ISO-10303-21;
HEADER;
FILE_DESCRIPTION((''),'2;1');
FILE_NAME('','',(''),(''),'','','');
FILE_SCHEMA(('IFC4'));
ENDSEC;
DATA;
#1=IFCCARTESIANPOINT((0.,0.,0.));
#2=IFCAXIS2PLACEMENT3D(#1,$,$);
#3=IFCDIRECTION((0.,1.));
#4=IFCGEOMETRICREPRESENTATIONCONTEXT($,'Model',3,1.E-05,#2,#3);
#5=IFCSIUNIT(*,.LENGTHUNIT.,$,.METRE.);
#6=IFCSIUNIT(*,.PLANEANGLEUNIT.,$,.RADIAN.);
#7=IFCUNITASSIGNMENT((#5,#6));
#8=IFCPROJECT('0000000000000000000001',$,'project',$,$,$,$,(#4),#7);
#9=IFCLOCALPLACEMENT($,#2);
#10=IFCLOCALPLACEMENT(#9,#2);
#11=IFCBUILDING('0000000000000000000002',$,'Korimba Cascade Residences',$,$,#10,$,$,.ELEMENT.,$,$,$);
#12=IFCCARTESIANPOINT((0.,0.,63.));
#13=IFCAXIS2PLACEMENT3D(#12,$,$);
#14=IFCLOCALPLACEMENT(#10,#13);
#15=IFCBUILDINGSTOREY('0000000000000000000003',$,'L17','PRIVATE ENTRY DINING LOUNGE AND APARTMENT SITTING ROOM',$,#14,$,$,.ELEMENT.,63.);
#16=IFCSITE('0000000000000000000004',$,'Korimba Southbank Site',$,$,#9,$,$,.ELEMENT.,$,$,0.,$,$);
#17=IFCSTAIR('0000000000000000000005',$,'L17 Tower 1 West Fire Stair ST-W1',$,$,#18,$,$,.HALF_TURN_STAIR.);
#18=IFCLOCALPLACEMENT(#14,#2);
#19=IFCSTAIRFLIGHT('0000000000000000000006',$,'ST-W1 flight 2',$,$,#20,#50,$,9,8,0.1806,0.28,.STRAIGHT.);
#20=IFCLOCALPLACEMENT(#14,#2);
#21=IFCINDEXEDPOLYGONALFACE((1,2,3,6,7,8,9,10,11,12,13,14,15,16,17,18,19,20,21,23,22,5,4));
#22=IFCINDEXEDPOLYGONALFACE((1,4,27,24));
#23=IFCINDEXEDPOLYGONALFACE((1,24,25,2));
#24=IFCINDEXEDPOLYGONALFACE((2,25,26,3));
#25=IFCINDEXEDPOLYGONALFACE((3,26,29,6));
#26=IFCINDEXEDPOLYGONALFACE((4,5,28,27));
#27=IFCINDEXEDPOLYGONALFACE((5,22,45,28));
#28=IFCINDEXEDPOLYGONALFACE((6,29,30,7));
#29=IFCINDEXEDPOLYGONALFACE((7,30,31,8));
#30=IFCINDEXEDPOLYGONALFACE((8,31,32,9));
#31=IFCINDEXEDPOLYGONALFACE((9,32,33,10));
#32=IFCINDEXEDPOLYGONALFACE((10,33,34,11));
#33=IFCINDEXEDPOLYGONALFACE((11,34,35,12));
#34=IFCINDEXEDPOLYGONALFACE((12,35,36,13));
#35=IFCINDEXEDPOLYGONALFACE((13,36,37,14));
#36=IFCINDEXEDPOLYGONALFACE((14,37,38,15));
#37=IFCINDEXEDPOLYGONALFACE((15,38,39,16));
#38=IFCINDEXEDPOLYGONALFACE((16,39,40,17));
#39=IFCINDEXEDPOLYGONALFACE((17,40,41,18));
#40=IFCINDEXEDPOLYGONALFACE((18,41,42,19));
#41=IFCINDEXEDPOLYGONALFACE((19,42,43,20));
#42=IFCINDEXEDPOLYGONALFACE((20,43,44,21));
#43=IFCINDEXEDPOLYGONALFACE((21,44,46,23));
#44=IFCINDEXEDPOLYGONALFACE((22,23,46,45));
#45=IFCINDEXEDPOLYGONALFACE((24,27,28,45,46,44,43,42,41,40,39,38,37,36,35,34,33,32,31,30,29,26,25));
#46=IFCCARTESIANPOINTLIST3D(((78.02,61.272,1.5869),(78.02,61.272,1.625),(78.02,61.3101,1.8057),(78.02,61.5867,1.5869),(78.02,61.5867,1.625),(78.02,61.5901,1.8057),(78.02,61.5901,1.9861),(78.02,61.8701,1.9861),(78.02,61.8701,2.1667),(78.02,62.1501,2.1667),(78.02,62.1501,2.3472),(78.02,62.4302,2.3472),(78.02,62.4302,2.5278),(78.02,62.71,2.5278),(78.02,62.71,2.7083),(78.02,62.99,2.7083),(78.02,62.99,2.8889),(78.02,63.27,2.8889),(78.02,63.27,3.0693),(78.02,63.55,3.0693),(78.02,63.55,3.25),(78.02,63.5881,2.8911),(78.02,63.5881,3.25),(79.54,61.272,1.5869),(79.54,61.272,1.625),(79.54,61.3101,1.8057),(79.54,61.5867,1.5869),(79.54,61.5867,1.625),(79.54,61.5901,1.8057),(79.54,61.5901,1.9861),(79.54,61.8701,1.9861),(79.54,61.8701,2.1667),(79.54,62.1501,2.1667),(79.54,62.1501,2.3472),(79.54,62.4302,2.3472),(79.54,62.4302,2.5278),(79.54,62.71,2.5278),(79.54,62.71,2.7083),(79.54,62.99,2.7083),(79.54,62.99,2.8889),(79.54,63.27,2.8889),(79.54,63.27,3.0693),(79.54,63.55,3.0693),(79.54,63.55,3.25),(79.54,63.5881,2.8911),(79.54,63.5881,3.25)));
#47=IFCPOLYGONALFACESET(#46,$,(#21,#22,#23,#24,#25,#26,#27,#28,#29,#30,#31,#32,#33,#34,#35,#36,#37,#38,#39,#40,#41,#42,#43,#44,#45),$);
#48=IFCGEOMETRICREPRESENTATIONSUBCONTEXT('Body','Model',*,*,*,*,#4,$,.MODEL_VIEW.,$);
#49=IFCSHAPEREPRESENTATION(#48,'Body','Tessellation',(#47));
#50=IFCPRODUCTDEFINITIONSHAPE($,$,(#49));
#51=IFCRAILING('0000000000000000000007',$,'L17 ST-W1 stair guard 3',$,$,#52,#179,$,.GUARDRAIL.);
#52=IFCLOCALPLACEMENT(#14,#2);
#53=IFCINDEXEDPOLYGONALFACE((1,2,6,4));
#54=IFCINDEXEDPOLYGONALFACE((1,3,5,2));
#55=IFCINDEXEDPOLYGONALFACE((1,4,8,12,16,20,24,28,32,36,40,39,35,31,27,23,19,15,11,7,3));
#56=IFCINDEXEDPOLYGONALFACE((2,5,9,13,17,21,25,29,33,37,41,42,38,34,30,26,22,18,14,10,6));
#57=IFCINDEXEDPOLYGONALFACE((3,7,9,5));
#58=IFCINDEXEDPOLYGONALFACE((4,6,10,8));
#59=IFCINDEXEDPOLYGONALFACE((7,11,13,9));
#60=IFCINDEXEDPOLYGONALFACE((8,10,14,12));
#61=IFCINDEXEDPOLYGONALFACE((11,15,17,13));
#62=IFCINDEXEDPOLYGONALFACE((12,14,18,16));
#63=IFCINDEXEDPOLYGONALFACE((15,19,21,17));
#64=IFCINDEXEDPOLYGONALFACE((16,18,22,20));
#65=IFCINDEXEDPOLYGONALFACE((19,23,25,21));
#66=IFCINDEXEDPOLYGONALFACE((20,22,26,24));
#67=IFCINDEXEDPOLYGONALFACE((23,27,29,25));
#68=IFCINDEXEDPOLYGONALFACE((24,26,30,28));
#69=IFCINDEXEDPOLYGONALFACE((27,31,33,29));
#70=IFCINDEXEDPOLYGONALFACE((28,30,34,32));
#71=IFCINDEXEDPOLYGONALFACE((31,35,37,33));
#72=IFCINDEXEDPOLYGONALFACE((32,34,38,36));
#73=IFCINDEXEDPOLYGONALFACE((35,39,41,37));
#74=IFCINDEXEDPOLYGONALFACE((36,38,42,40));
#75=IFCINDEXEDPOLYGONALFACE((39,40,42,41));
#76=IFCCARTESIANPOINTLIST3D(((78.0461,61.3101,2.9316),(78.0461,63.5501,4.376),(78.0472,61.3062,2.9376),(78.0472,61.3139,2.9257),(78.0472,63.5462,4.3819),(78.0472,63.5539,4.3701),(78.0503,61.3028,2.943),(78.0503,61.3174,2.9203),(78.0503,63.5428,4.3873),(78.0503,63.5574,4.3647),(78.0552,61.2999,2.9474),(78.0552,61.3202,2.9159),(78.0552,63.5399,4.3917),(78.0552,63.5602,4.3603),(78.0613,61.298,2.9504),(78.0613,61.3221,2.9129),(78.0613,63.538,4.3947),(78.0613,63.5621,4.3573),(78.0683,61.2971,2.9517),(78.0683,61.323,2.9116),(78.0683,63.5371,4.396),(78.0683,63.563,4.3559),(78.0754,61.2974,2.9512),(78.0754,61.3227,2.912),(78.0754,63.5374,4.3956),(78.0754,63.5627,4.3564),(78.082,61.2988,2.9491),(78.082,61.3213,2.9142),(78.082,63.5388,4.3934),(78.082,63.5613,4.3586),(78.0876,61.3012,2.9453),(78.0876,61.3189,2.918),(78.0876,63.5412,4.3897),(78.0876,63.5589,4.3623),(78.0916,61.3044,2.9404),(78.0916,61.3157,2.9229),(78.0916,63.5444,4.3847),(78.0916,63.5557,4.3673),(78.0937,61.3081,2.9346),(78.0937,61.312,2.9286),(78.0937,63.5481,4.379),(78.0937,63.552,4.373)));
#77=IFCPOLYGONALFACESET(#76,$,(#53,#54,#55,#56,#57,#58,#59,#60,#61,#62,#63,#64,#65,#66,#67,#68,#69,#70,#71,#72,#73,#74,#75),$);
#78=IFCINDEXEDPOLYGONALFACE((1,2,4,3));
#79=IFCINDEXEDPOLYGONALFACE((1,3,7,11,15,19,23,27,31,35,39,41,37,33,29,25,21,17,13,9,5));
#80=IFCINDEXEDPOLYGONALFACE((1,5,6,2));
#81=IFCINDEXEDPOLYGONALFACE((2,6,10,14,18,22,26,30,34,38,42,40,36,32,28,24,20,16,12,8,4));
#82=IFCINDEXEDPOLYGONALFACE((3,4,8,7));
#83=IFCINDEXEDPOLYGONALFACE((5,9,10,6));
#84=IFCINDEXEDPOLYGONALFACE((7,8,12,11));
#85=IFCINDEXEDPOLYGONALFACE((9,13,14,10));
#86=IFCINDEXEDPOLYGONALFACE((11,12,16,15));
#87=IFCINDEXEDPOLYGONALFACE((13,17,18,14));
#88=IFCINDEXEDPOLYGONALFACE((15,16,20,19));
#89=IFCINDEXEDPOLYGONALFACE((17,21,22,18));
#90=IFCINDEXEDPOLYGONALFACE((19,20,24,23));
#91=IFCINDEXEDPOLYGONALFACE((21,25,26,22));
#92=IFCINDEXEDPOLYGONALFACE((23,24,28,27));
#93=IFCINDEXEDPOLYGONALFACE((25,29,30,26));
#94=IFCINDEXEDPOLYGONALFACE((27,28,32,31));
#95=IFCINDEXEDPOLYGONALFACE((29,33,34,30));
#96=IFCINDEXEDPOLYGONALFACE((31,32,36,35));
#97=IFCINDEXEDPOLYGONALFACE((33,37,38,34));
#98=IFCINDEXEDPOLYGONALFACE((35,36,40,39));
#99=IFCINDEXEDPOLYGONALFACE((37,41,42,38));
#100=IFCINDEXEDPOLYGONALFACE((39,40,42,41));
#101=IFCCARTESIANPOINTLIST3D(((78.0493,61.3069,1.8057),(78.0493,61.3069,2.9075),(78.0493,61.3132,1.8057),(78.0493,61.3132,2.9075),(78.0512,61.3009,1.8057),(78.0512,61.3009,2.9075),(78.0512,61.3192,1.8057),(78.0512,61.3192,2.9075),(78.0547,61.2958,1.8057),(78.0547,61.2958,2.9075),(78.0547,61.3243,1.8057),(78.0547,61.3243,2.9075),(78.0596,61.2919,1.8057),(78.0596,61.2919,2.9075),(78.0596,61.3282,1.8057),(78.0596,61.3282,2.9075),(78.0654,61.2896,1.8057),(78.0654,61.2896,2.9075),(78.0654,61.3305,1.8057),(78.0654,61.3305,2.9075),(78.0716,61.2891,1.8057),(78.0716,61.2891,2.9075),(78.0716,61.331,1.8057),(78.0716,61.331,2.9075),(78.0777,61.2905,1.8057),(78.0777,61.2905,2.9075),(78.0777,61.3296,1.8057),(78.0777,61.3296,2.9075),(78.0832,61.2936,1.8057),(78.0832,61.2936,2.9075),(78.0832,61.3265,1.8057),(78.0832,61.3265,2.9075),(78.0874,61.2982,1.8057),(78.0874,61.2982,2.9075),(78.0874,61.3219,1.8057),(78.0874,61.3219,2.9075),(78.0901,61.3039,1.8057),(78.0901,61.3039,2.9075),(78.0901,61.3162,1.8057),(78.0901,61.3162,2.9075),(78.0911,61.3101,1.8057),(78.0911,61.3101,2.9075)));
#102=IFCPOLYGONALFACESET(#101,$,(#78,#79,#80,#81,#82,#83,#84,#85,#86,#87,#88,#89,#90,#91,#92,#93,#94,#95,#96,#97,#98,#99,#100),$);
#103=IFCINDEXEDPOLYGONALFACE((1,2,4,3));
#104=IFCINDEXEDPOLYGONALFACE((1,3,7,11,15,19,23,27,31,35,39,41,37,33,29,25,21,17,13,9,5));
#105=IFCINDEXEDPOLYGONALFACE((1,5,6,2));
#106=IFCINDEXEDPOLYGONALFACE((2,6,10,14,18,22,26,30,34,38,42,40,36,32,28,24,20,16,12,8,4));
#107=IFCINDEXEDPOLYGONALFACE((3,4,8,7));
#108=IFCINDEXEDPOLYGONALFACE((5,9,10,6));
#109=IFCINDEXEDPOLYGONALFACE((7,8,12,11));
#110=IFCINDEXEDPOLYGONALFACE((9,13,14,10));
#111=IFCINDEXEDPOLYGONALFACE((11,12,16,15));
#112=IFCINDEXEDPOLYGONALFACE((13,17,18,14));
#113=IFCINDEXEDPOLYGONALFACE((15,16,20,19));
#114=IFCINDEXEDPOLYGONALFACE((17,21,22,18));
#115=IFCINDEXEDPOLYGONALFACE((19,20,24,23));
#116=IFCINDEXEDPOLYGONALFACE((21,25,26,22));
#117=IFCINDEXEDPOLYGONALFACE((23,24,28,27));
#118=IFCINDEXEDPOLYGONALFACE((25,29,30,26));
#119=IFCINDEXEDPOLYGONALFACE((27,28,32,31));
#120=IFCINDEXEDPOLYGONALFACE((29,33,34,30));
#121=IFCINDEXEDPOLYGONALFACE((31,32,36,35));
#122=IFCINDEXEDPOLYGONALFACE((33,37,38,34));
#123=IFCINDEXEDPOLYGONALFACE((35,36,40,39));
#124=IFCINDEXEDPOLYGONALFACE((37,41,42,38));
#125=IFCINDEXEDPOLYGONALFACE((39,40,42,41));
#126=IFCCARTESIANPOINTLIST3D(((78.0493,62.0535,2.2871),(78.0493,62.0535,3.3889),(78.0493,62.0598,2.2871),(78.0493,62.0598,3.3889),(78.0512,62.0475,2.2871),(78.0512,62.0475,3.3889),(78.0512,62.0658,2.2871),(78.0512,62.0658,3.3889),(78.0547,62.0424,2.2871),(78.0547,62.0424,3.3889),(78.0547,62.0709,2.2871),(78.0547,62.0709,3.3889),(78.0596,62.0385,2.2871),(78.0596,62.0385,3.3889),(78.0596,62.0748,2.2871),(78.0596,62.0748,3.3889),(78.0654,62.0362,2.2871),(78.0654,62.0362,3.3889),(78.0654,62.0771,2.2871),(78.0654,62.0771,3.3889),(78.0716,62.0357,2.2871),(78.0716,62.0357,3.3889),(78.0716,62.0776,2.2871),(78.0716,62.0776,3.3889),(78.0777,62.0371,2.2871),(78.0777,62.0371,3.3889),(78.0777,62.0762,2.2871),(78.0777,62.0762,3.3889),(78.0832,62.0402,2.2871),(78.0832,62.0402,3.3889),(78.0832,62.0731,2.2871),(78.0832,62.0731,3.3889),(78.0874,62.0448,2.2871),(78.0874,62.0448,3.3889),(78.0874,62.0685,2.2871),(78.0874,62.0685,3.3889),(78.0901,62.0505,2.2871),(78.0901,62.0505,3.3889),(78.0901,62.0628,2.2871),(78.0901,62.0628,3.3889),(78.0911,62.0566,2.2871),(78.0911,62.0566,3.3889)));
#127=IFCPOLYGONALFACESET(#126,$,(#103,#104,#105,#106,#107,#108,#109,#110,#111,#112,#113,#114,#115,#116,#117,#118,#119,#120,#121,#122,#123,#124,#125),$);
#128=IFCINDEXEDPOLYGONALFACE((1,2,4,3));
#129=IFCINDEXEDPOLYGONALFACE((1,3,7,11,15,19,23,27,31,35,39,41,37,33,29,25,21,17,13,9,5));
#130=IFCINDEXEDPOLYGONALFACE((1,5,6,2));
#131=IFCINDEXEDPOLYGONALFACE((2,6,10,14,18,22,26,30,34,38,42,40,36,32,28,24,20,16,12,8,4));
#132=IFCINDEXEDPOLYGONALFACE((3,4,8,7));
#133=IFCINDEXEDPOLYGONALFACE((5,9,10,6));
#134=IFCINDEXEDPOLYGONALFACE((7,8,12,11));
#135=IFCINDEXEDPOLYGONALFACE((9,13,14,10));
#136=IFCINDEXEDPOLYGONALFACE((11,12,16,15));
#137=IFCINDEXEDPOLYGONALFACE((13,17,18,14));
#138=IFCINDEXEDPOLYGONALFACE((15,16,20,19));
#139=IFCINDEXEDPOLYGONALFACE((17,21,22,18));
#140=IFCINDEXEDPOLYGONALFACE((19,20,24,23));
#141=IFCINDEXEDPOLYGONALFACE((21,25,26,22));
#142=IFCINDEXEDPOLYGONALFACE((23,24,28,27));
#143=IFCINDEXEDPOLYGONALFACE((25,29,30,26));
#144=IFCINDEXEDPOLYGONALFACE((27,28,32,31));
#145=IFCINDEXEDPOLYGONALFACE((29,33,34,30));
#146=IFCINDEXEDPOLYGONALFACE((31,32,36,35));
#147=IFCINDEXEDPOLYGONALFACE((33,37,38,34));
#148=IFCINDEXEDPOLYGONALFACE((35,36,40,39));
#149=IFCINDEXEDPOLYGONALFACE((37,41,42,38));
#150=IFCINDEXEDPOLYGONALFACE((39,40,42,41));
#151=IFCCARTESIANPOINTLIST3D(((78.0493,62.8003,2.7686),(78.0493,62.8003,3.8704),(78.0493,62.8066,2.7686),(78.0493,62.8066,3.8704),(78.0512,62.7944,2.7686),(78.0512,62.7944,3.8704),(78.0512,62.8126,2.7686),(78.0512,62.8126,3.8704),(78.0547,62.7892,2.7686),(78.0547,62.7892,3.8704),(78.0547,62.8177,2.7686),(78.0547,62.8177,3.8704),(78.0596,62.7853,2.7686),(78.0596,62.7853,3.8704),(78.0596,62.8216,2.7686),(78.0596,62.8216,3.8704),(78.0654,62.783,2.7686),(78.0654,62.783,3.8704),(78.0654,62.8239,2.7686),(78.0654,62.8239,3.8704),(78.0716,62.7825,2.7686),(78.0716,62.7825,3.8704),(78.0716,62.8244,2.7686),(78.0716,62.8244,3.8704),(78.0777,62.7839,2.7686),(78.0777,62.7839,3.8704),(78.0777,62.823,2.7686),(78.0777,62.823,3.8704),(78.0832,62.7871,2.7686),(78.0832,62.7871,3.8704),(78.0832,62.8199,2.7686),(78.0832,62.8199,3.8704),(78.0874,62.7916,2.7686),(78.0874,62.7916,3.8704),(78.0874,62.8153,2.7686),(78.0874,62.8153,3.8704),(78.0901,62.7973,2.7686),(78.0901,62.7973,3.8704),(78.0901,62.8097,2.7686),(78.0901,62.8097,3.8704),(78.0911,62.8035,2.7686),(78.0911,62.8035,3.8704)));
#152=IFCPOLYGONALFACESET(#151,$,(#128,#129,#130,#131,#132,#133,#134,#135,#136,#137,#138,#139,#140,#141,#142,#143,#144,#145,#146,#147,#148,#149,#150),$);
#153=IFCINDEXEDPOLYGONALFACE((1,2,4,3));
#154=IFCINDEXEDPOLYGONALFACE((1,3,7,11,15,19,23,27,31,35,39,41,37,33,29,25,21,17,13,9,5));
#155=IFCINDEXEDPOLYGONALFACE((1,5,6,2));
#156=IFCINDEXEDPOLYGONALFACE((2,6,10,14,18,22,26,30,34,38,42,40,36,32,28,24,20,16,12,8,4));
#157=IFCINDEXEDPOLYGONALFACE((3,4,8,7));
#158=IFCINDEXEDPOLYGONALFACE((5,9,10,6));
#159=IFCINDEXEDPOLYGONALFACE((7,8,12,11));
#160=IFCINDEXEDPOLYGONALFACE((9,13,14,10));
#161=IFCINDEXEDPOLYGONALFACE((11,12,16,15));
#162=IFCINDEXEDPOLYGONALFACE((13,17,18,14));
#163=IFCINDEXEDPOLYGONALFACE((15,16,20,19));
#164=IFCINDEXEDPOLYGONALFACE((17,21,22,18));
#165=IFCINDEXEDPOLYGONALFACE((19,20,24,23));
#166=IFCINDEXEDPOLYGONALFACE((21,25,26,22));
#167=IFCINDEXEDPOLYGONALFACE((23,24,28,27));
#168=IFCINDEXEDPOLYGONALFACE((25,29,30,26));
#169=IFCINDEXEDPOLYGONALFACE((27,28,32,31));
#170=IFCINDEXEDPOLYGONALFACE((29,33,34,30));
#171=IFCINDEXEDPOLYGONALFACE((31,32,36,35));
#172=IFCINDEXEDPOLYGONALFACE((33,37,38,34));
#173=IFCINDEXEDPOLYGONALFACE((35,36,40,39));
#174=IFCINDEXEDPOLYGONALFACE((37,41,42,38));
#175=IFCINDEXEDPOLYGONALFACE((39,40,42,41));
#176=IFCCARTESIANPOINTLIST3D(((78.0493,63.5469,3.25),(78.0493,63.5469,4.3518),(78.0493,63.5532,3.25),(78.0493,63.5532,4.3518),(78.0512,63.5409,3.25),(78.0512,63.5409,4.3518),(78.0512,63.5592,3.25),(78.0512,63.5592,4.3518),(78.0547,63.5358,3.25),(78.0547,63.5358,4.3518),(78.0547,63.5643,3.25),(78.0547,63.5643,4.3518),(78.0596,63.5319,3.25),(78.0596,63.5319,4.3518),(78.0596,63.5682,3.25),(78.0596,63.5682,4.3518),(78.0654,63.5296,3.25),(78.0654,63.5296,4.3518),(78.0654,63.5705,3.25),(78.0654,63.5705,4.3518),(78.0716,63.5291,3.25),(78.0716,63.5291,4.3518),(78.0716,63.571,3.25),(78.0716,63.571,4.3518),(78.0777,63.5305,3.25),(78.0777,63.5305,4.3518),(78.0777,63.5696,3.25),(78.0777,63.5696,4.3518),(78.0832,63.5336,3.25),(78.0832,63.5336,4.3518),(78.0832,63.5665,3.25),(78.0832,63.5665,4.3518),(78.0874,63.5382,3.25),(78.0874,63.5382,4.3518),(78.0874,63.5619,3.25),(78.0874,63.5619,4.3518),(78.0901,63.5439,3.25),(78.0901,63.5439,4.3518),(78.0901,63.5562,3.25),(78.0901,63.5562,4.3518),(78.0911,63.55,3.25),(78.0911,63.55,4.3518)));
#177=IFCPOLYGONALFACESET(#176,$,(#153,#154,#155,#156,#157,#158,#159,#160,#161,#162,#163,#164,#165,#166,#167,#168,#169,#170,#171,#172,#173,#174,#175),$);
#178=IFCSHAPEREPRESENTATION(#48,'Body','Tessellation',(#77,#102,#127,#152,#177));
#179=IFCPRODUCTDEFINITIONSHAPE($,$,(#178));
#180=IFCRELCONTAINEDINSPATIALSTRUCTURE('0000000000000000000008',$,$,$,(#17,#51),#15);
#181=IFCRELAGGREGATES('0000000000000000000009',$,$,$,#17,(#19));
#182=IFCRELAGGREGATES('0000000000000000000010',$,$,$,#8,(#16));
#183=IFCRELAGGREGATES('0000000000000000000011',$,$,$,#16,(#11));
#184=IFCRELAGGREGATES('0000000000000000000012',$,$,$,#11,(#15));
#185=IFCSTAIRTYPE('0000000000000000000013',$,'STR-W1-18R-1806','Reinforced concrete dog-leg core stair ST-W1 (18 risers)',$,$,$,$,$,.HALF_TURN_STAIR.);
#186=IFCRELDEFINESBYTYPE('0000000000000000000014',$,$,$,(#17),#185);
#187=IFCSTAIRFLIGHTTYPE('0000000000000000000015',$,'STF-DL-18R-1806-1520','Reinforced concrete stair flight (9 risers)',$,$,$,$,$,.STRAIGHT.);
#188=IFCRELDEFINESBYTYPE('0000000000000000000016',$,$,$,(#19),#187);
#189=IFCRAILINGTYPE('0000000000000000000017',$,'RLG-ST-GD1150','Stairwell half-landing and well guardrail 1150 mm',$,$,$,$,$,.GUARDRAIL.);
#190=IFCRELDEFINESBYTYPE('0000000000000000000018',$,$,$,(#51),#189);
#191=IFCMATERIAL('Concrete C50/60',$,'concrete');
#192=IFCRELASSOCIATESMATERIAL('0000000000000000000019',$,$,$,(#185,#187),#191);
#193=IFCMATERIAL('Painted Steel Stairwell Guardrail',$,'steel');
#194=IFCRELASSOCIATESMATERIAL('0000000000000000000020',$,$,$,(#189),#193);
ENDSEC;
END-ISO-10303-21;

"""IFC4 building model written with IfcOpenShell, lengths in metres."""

from ifc_helpers import new_model, si_unit, direction, frame, origin, origin_2d, place, context, subcontext, project, spatial, polyline, circle, outline, extrude, material, type_object, element, aggregate, save


model = new_model("IFC4")

# Units and contexts
model_context = context("Model", 3, precision=1e-05, world=origin(), true_north=direction((0.0, 1.0)))
body_context = subcontext(model_context, "Body", "Model", "MODEL_VIEW")
ifc_project = project(units=[si_unit("LENGTHUNIT", "METRE"), si_unit("PLANEANGLEUNIT", "RADIAN")], contexts=[model_context])

# Site, building, storey
site_placement = place(None, origin())
site = spatial("IfcSite", under=ifc_project, at=site_placement, Name="Korimba Southbank Site", CompositionType="ELEMENT", RefElevation=0.0)
building_placement = place(site_placement, origin())
building = spatial("IfcBuilding", under=site, at=building_placement, Name="Korimba Cascade Residences", CompositionType="ELEMENT")
storey_placement = place(building_placement, frame((0.0, 0.0, 63.0)))
storey = spatial("IfcBuildingStorey", under=building, at=storey_placement, Name="L17", Description="PRIVATE ENTRY DINING LOUNGE AND APARTMENT SITTING ROOM", CompositionType="ELEMENT", Elevation=63.0)

# Shared definitions
ifc_material_1 = material(Name="Concrete C50/60", Category="concrete")

# Stair, stair flight
stair_type = type_object("IfcStairType", Name="STR-W1-18R-1806", Description="Reinforced concrete dog-leg core stair ST-W1 (18 risers)", PredefinedType="HALF_TURN_STAIR", material=ifc_material_1)
stair_placement = place(storey_placement, origin())
stair = element("IfcStair", 1, at=stair_placement, inside=storey, type_object=stair_type, Name="L17 Tower 1 West Fire Stair ST-W1", PredefinedType="HALF_TURN_STAIR")
stair_flight_type = type_object("IfcStairFlightType", Name="STF-DL-18R-1806-1520", Description="Reinforced concrete stair flight (9 risers)", PredefinedType="STRAIGHT", material=ifc_material_1)
stair_flight_placement = place(storey_placement, frame((78.78, 61.3101, 1.625), z_axis=(0.0, 0.0, 1.0), x_axis=(0.0, 1.0, 0.0)))
stair_flight = element("IfcStairFlight", 2, at=stair_flight_placement, type_object=stair_flight_type, Name="ST-W1 flight 2", NumberOfRisers=9, NumberOfTreads=8, PredefinedType="STRAIGHT", RiserHeight=0.1806, TreadLength=0.28, context=body_context, shape_type="SweptSolid", body=[
    extrude(outline(polyline([(-0.0381, 0.0), (0.0, 0.1807), (0.28, 0.1807), (0.28, 0.3611), (0.5601, 0.3611), (0.5601, 0.5417), (0.8401, 0.5417), (0.8401, 0.7222), (1.1201, 0.7222), (1.1201, 0.9028), (1.3999, 0.9028), (1.3999, 1.0833), (1.6799, 1.0833), (1.6799, 1.2639), (1.96, 1.2639), (1.96, 1.4443), (2.24, 1.4443), (2.24, 1.625), (2.2781, 1.625), (2.2781, 1.2661), (0.2766, 0.0), (0.2766, -0.0381), (-0.0381, -0.0381), (-0.0381, 0.0)])), frame((0.0, 0.76, 0.0), z_axis=(0.0, -1.0, 0.0), x_axis=(1.0, 0.0, 0.0)), (0.0, 0.0, 1.0), 1.52),
])
aggregate(stair, [stair_flight])

# Railing
ifc_material_2 = material(Name="Painted Steel Stairwell Guardrail", Category="steel")
railing_type_1 = type_object("IfcRailingType", Name="RLG-ST-GD1150", Description="Stairwell half-landing and well guardrail 1150 mm", PredefinedType="GUARDRAIL", material=ifc_material_2)
railing_1_placement = place(storey_placement, frame((78.0701, 61.3101, 1.8057)))
element("IfcRailing", 3, at=railing_1_placement, inside=storey, type_object=railing_type_1, Name="L17 ST-W1 stair guard 3", PredefinedType="GUARDRAIL", context=body_context, shape_type="SweptSolid", body=[
    extrude(circle(Radius=0.0239, at=origin_2d()), frame((0.0, 0.0, 1.126), z_axis=(0.0, 0.840437, 0.54191), x_axis=(-1.0, 0.0, 0.0)), (0.0, 0.0, 1.0), 2.6653),
    extrude(circle(Radius=0.021, at=origin_2d()), origin(), (0.0, 0.0, 1.0), 1.1018),
    extrude(circle(Radius=0.021, at=origin_2d()), frame((0.0, 0.7466, 0.4814)), (0.0, 0.0, 1.0), 1.1018),
    extrude(circle(Radius=0.021, at=origin_2d()), frame((0.0, 1.4934, 0.9629)), (0.0, 0.0, 1.0), 1.1018),
    extrude(circle(Radius=0.021, at=origin_2d()), frame((0.0, 2.24, 1.4443)), (0.0, 0.0, 1.0), 1.1018),
])

save(model, "model.ifc")
